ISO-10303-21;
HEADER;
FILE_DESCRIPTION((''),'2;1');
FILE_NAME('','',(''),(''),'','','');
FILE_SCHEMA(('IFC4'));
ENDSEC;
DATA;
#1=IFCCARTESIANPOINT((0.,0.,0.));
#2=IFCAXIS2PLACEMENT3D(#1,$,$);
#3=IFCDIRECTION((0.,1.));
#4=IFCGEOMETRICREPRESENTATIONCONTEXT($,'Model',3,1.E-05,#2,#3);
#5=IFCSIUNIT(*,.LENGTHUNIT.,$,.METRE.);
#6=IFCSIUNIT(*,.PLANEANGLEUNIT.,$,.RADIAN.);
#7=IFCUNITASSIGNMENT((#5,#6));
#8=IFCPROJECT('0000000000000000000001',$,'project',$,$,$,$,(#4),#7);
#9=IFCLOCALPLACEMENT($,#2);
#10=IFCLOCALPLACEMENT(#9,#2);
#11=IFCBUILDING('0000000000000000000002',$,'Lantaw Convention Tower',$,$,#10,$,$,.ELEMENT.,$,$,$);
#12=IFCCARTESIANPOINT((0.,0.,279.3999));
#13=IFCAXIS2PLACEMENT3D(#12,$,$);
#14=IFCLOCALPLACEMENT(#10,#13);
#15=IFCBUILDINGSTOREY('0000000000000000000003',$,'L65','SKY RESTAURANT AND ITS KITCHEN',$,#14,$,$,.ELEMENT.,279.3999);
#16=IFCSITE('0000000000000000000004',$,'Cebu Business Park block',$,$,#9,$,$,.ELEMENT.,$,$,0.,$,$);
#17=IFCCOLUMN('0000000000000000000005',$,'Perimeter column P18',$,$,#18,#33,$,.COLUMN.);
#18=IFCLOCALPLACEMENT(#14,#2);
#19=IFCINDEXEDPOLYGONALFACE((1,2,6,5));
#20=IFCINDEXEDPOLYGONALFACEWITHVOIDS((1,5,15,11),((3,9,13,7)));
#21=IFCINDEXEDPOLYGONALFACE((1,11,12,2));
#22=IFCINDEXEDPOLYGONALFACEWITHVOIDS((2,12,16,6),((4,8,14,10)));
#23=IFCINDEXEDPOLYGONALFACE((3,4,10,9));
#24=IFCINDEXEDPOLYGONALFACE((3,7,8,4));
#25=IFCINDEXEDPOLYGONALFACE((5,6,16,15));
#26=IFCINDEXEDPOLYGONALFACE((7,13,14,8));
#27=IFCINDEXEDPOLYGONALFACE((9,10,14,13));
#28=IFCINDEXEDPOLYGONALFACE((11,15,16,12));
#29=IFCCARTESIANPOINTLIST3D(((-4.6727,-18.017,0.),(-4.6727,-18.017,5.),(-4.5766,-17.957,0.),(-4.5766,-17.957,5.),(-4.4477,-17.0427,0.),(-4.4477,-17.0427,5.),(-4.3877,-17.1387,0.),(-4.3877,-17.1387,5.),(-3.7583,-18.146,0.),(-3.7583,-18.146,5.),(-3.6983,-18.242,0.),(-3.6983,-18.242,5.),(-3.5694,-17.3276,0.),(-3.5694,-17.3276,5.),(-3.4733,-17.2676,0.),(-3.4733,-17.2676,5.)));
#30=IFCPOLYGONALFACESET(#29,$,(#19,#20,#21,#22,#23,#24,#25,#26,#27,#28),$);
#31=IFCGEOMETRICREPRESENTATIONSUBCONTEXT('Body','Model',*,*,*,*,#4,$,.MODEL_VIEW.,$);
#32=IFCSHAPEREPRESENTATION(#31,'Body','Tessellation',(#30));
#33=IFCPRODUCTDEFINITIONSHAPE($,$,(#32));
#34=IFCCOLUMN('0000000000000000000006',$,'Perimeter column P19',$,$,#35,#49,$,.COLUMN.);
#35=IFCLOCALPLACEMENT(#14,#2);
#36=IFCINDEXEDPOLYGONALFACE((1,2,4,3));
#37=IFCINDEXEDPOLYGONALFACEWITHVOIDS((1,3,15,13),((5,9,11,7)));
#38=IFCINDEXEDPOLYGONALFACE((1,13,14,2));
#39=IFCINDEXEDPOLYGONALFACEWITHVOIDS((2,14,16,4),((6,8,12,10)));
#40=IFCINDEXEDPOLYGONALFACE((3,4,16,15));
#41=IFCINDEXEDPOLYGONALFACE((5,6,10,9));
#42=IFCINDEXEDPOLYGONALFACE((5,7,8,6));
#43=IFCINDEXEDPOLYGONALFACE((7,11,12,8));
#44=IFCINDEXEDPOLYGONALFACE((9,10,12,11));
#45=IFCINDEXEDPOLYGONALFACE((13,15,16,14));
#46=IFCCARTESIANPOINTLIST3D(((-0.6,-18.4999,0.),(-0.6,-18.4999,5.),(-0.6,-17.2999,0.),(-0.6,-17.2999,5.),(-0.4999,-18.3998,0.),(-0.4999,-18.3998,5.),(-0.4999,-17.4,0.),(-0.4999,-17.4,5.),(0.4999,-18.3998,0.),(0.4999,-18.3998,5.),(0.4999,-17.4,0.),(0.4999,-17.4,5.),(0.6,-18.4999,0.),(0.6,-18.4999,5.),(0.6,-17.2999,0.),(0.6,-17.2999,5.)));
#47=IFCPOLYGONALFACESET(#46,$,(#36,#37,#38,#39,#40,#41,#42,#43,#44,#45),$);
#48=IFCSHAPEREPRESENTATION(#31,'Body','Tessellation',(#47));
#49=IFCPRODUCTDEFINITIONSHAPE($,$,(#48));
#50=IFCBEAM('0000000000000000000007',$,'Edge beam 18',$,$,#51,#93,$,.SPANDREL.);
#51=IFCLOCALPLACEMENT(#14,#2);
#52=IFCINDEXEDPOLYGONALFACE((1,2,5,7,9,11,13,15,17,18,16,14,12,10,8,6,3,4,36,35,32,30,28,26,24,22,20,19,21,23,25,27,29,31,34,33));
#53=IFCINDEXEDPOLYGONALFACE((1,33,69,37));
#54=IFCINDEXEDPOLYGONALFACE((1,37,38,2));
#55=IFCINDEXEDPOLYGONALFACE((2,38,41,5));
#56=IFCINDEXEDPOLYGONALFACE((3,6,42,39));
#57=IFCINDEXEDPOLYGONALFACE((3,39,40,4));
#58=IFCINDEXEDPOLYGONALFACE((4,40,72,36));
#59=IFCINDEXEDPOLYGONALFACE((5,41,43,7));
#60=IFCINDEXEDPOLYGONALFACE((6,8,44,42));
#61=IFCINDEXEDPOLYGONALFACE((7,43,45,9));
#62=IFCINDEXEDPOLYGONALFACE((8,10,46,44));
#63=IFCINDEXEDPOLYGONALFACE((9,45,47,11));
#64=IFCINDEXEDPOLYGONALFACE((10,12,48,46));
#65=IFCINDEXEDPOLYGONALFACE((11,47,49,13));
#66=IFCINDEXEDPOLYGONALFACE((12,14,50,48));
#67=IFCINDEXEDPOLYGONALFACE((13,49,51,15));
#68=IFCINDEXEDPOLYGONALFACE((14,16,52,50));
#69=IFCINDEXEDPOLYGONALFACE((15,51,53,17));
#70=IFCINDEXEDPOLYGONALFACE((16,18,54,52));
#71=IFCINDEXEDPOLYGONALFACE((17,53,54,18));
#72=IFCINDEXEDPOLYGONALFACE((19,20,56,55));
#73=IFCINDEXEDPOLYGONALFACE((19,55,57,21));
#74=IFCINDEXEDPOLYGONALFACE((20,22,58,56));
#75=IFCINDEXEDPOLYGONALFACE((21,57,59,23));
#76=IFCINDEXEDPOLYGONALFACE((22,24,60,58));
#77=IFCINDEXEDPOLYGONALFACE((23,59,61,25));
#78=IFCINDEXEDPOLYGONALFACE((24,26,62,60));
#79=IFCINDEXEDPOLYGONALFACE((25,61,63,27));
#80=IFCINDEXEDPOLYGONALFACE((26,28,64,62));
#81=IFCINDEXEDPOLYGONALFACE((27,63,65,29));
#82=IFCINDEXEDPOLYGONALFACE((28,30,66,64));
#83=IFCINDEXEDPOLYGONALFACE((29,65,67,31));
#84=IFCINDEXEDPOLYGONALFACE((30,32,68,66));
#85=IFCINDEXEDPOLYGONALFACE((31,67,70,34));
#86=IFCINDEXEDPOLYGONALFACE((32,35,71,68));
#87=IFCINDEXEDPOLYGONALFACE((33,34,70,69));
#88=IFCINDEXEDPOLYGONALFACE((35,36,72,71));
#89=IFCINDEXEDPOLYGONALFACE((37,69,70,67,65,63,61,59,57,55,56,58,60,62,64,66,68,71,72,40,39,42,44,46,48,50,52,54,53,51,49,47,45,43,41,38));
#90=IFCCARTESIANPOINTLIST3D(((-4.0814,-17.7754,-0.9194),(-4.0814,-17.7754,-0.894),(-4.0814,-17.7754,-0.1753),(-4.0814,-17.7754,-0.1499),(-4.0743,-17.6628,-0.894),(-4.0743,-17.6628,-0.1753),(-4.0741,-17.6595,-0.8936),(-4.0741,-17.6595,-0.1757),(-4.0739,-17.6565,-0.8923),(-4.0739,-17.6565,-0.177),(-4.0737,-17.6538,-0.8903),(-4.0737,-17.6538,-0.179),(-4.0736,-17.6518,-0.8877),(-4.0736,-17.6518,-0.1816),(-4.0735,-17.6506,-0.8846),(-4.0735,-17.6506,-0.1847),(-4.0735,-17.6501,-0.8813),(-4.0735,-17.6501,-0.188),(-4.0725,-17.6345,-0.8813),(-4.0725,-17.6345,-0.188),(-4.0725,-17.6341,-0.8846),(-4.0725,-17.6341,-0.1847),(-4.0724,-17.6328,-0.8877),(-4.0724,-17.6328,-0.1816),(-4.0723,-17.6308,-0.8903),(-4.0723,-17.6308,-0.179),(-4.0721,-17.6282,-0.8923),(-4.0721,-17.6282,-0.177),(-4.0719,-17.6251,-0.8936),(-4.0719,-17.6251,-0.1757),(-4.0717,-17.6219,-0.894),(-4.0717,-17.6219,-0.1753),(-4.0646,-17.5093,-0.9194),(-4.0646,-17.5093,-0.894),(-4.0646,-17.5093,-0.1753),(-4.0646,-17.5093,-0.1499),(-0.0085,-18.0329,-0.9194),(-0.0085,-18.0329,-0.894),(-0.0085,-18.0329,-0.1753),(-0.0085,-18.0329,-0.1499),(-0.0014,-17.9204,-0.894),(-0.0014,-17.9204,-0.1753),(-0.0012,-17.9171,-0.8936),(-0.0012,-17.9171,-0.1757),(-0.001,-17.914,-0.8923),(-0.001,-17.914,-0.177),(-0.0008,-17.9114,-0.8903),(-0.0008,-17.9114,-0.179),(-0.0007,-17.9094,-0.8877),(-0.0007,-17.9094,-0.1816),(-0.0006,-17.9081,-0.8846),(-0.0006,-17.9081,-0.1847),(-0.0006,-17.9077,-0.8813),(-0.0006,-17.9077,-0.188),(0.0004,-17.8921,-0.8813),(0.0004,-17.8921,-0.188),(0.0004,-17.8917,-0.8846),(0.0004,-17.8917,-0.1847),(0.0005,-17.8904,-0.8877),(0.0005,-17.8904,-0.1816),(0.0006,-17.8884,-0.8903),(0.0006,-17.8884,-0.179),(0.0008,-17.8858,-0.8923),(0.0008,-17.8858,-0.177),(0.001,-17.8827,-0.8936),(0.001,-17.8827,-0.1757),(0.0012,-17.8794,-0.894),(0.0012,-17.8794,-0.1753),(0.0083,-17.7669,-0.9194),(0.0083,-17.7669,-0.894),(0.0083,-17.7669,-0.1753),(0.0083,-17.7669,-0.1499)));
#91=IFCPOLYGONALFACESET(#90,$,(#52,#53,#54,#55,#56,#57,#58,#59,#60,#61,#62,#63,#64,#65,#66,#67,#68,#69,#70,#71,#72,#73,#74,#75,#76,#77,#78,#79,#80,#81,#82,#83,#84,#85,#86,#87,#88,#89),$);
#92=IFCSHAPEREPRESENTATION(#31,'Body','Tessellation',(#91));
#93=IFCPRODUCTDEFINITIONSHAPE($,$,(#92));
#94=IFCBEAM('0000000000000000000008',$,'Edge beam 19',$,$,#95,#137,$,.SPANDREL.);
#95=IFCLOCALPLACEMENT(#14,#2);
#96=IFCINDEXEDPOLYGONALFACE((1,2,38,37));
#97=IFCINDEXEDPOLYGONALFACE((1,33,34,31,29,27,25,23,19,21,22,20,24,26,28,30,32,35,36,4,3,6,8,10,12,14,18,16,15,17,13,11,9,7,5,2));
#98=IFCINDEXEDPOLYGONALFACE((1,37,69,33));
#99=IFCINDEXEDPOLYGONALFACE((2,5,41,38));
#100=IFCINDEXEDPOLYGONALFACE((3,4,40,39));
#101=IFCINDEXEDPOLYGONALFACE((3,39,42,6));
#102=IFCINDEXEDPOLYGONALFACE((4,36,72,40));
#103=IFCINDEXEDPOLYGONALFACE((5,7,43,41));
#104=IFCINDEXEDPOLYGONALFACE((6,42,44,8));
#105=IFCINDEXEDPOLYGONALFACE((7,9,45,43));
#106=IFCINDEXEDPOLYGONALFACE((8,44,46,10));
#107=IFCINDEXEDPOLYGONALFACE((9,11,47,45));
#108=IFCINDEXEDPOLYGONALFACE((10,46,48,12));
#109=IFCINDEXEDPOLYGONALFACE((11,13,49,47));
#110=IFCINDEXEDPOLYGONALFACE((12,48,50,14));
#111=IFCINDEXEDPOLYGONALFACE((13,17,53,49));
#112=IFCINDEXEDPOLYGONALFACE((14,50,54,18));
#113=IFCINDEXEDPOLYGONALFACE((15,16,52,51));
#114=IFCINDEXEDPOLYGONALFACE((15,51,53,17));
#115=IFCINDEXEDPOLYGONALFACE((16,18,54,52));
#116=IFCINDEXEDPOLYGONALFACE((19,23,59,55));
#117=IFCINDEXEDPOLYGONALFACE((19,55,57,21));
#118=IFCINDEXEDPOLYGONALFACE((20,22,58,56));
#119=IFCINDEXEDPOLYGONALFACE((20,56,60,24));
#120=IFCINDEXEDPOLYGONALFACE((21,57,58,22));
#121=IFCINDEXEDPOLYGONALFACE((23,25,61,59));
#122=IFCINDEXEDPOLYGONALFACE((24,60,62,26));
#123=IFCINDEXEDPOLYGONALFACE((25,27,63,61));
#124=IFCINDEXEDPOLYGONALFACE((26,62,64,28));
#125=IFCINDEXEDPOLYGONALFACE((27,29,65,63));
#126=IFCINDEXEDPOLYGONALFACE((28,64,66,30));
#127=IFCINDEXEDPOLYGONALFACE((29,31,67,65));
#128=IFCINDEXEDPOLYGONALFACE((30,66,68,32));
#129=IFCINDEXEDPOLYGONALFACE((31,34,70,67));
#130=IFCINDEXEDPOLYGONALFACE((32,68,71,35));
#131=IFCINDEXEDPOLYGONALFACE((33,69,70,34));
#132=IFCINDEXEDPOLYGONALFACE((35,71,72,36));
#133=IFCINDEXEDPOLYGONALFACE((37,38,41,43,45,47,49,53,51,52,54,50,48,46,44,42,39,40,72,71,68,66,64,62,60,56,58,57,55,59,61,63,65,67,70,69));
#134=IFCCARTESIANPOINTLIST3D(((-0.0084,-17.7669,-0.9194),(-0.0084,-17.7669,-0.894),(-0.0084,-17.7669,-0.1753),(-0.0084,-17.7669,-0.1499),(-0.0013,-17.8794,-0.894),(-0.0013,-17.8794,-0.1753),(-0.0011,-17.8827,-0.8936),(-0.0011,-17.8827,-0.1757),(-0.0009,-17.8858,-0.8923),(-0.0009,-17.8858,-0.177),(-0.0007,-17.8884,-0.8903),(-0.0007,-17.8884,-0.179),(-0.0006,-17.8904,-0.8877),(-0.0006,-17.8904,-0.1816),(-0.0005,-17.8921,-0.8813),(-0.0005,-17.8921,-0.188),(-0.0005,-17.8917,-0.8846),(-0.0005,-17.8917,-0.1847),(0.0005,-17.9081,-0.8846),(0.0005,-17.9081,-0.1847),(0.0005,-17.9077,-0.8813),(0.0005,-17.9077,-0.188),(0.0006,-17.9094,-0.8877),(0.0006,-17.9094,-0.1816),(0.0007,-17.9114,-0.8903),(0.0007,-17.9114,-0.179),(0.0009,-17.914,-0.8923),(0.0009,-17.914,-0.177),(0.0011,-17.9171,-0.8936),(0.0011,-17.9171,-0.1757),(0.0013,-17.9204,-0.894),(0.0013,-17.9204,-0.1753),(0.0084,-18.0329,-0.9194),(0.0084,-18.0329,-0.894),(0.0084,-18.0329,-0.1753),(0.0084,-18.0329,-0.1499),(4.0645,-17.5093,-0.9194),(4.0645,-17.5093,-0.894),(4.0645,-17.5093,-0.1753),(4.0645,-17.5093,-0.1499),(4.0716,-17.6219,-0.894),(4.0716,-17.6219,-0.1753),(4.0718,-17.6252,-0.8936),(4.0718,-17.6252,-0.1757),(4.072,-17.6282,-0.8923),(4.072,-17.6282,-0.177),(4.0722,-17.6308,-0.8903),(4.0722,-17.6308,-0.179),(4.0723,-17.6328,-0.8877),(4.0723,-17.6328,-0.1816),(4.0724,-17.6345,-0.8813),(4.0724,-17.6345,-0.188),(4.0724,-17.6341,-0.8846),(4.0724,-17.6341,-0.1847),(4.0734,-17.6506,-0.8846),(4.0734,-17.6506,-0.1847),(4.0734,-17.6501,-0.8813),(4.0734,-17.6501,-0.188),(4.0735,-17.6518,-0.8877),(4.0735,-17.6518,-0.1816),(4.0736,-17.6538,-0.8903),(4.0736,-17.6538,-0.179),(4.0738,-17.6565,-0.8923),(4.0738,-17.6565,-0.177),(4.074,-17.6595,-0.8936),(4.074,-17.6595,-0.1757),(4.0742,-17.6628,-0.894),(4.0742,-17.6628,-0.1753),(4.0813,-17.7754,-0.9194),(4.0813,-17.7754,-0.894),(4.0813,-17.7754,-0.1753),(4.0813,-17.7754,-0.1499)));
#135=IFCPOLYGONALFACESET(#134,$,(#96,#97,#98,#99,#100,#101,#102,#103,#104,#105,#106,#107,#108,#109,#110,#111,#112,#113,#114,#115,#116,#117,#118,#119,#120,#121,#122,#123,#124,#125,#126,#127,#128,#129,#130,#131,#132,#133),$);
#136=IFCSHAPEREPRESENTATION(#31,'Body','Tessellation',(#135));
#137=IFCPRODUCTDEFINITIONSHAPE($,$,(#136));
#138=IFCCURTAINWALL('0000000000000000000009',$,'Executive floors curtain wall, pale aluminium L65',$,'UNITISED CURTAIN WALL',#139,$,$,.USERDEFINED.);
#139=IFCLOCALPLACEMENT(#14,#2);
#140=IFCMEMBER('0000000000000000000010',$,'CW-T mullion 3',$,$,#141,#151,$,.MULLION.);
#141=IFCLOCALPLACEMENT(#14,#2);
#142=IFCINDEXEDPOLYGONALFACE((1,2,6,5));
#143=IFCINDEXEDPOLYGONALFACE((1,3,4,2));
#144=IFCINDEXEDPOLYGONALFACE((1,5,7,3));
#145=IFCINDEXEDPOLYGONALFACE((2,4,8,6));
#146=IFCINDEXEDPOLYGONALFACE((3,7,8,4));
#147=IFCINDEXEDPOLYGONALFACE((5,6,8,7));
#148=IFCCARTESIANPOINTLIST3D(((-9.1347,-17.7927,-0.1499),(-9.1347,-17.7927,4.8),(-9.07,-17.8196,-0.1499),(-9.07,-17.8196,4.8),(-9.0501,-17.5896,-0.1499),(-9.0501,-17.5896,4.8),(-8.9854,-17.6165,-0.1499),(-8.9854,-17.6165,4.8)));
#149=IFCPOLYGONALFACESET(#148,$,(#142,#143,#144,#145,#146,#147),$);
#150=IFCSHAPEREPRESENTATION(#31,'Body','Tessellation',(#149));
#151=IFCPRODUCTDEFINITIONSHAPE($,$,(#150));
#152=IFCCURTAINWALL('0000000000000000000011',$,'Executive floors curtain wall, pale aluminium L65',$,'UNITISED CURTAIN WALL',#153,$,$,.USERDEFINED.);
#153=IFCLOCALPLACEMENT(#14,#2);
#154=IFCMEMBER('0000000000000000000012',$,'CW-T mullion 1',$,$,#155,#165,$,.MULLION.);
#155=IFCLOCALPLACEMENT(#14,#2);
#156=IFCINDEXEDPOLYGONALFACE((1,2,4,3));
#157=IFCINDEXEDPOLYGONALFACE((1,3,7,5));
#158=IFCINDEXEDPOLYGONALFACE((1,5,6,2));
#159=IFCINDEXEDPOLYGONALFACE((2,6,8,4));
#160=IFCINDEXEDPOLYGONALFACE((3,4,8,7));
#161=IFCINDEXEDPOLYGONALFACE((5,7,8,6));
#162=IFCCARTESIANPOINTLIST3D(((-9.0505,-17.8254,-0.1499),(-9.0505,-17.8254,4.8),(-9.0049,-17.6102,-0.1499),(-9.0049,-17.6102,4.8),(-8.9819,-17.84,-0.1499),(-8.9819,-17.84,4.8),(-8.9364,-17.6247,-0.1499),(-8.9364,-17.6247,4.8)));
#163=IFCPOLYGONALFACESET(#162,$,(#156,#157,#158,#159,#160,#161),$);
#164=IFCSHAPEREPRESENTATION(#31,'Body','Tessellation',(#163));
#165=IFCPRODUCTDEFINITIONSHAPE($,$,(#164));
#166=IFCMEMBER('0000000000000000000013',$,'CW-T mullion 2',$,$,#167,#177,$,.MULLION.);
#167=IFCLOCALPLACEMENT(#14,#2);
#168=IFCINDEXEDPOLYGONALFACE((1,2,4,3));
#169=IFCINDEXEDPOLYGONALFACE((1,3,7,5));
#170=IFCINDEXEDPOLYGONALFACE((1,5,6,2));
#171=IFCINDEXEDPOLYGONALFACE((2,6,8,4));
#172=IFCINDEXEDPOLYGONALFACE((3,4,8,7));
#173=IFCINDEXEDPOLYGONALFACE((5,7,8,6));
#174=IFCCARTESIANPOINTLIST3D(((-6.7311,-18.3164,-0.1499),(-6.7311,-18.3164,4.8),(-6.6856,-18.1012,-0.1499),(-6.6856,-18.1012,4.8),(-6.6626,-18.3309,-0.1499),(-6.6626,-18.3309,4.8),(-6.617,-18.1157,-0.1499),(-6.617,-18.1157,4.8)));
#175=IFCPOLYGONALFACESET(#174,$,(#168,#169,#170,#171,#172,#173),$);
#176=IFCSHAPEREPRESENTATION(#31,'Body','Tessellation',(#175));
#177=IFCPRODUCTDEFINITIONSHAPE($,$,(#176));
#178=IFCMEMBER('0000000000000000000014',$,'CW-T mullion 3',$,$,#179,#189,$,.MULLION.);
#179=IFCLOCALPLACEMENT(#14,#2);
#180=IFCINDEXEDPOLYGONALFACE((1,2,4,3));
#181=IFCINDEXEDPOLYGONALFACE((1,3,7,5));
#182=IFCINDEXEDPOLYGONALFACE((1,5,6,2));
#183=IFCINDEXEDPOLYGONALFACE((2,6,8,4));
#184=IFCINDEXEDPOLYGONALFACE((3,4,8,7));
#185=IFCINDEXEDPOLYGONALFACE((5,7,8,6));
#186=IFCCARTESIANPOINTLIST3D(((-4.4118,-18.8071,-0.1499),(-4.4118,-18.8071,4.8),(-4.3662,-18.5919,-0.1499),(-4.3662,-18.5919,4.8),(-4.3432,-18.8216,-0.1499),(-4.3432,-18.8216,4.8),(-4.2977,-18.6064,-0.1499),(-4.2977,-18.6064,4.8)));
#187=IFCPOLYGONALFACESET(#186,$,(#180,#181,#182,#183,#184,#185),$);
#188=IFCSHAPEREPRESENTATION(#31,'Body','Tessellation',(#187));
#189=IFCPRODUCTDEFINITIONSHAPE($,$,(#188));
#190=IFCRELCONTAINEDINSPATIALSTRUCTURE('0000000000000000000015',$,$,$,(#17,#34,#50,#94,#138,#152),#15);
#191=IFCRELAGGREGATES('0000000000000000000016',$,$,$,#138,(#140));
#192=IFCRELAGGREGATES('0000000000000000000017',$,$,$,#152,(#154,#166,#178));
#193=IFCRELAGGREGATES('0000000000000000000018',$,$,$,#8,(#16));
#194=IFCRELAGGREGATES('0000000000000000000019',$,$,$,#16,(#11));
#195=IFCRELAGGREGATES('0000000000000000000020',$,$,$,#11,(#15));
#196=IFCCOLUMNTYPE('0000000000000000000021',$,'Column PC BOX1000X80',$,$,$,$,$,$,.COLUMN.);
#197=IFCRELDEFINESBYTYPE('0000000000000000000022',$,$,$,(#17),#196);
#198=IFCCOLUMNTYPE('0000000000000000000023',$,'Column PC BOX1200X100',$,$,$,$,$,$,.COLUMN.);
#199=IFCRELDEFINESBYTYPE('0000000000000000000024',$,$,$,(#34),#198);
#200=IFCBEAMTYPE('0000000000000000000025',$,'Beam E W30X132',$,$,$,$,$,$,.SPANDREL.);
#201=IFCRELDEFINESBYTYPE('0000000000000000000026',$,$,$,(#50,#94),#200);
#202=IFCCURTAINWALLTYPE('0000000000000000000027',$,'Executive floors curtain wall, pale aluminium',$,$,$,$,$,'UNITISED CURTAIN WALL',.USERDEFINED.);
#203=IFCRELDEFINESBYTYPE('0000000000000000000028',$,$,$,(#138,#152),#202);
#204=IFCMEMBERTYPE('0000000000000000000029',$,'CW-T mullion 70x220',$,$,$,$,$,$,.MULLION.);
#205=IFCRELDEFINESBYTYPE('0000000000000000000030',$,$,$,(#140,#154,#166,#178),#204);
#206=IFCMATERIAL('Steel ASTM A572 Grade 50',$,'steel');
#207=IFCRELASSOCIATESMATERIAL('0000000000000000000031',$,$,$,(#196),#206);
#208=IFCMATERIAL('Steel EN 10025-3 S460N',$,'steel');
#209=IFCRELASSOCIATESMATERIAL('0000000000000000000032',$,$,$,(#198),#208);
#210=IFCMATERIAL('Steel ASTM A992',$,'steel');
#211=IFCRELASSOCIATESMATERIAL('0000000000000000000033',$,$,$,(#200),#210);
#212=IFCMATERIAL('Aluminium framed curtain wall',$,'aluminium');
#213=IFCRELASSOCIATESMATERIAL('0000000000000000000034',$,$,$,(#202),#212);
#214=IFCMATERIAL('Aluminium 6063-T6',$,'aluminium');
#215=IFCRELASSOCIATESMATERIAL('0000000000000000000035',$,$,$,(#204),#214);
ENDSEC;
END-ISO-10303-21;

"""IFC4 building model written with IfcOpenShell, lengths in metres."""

from ifc_helpers import new_model, si_unit, direction, frame, origin, origin_2d, place, context, subcontext, project, spatial, rectangle, hollow_rectangle, i_section, extrude, material, material_profile, profile_set, type_object, element, aggregate, save


model = new_model("IFC4")

# Units and contexts
model_context = context("Model", 3, precision=1e-05, world=origin(), true_north=direction((0.0, 1.0)))
body_context = subcontext(model_context, "Body", "Model", "MODEL_VIEW")
ifc_project = project(units=[si_unit("LENGTHUNIT", "METRE"), si_unit("PLANEANGLEUNIT", "RADIAN")], contexts=[model_context])

# Site, building, storey
site_placement = place(None, origin())
site = spatial("IfcSite", under=ifc_project, at=site_placement, Name="Cebu Business Park block", CompositionType="ELEMENT", RefElevation=0.0)
building_placement = place(site_placement, origin())
building = spatial("IfcBuilding", under=site, at=building_placement, Name="Lantaw Convention Tower", CompositionType="ELEMENT")
storey_placement = place(building_placement, frame((0.0, 0.0, 279.3999)))
storey = spatial("IfcBuildingStorey", under=building, at=storey_placement, Name="L65", Description="SKY RESTAURANT AND ITS KITCHEN", CompositionType="ELEMENT", Elevation=279.3999)

# Columns
ifc_material_1 = material(Name="Steel ASTM A572 Grade 50", Category="steel")
ifc_material_profile_1 = material_profile(ifc_material_1, hollow_rectangle(XDim=1.0, YDim=1.0, WallThickness=0.0801, at=origin_2d()), Name="BOX1000X80")
ifc_material_2 = material(Name="Concrete C60/75", Category="concrete")
ifc_material_profile_2 = material_profile(ifc_material_2, rectangle(XDim=0.8401, YDim=0.8401, at=origin_2d()), Name="Concrete fill of BOX1000X80")
ifc_profile_set_1 = profile_set([ifc_material_profile_1, ifc_material_profile_2], Name="Steel ASTM A572 Grade 50")
column_type_1 = type_object("IfcColumnType", Name="Column PC BOX1000X80", PredefinedType="COLUMN", material=ifc_profile_set_1)
column_1_placement = place(storey_placement, frame((-4.073, -17.6423, 0.0), z_axis=(0.0, 0.0, 1.0), x_axis=(0.224951, 0.97437, 0.0)))
element("IfcColumn", 1, at=column_1_placement, inside=storey, type_object=column_type_1, Name="Perimeter column P18", PredefinedType="COLUMN", context=body_context, shape_type="SweptSolid", body=[
    extrude(hollow_rectangle(XDim=1.0, YDim=1.0, WallThickness=0.0801, at=origin_2d()), origin(), (0.0, 0.0, 1.0), 5.0),
])
ifc_material_3 = material(Name="Steel EN 10025-3 S460N", Category="steel")
ifc_material_profile_3 = material_profile(ifc_material_3, hollow_rectangle(XDim=1.2, YDim=1.2, WallThickness=0.1001, at=origin_2d()), Name="BOX1200X100")
ifc_material_profile_4 = material_profile(ifc_material_2, rectangle(XDim=1.0, YDim=1.0, at=origin_2d()), Name="Concrete fill of BOX1200X100")
ifc_profile_set_2 = profile_set([ifc_material_profile_3, ifc_material_profile_4], Name="Steel EN 10025-3 S460N")
column_type_2 = type_object("IfcColumnType", Name="Column PC BOX1200X100", PredefinedType="COLUMN", material=ifc_profile_set_2)
column_2_placement = place(storey_placement, frame((0.0, -17.8999, 0.0), z_axis=(0.0, 0.0, 1.0), x_axis=(1.0, 0.0, 0.0)))
element("IfcColumn", 2, at=column_2_placement, inside=storey, type_object=column_type_2, Name="Perimeter column P19", PredefinedType="COLUMN", context=body_context, shape_type="SweptSolid", body=[
    extrude(hollow_rectangle(XDim=1.2, YDim=1.2, WallThickness=0.1001, at=origin_2d()), origin(), (0.0, 0.0, 1.0), 5.0),
])

# Beams
ifc_material_4 = material(Name="Steel ASTM A992", Category="steel")
ifc_material_profile_5 = material_profile(ifc_material_4, i_section(OverallWidth=0.2666, OverallDepth=0.7695, WebThickness=0.0156, FlangeThickness=0.0254, FilletRadius=0.0127, at=origin_2d()), Name="W30X132")
ifc_profile_set_3 = profile_set([ifc_material_profile_5], Name="Steel ASTM A992")
beam_type = type_object("IfcBeamType", Name="Beam E W30X132", PredefinedType="SPANDREL", material=ifc_profile_set_3)
for number, where, z_axis, x_axis, name in (
    (3, (-4.073, -17.6423, -0.5347), (0.998006, -0.063112, 0.0), (0.063112, 0.998006, 0.0), "Edge beam 18"),
    (4, (0.0, -17.8999, -0.5347), (0.998006, 0.063112, 0.0), (-0.063112, 0.998006, 0.0), "Edge beam 19"),
):
    element("IfcBeam", number, at=place(storey_placement, frame(where, z_axis=z_axis, x_axis=x_axis)), inside=storey, type_object=beam_type, Name=name, PredefinedType="SPANDREL", context=body_context, shape_type="SweptSolid", body=[
        extrude(i_section(OverallWidth=0.2666, OverallDepth=0.7695, WebThickness=0.0156, FlangeThickness=0.0254, FilletRadius=0.0127, at=origin_2d()), origin(), (0.0, 0.0, 1.0), 4.0811),
    ])

# Curtain wall, member
ifc_material_5 = material(Name="Aluminium framed curtain wall", Category="aluminium")
curtain_wall_type = type_object("IfcCurtainWallType", Name="Executive floors curtain wall, pale aluminium", ElementType="UNITISED CURTAIN WALL", PredefinedType="USERDEFINED", material=ifc_material_5)
curtain_wall_1_placement = place(storey_placement, origin())
curtain_wall_1 = element("IfcCurtainWall", 5, at=curtain_wall_1_placement, inside=storey, type_object=curtain_wall_type, Name="Executive floors curtain wall, pale aluminium L65", ObjectType="UNITISED CURTAIN WALL", PredefinedType="USERDEFINED")
ifc_material_6 = material(Name="Aluminium 6063-T6", Category="aluminium")
ifc_material_profile_6 = material_profile(ifc_material_6, rectangle(XDim=0.22, YDim=0.0701, at=origin_2d()), Name="CW-T mullion 70x220")
ifc_profile_set_4 = profile_set([ifc_material_profile_6], Name="Aluminium 6063-T6")
member_type_1 = type_object("IfcMemberType", Name="CW-T mullion 70x220", PredefinedType="MULLION", material=ifc_profile_set_4)
member_1_placement = place(storey_placement, frame((-9.0601, -17.7046, -0.1499), z_axis=(0.0, 0.0, 1.0), x_axis=(0.38446, 0.923142, 0.0)))
member_1 = element("IfcMember", 6, at=member_1_placement, type_object=member_type_1, Name="CW-T mullion 3", PredefinedType="MULLION", context=body_context, shape_type="SweptSolid", body=[
    extrude(rectangle(XDim=0.22, YDim=0.0701, at=origin_2d()), origin(), (0.0, 0.0, 1.0), 4.95),
])
aggregate(curtain_wall_1, [member_1])

# Curtain wall, members
curtain_wall_2_placement = place(storey_placement, origin())
curtain_wall_2 = element("IfcCurtainWall", 7, at=curtain_wall_2_placement, inside=storey, type_object=curtain_wall_type, Name="Executive floors curtain wall, pale aluminium L65", ObjectType="UNITISED CURTAIN WALL", PredefinedType="USERDEFINED")
member_2_placement = place(storey_placement, frame((-8.9934, -17.7251, -0.1499), z_axis=(0.0, 0.0, 1.0), x_axis=(0.20704, 0.978332, 0.0)))
member_2 = element("IfcMember", 8, at=member_2_placement, type_object=member_type_1, Name="CW-T mullion 1", PredefinedType="MULLION", context=body_context, shape_type="SweptSolid", body=[
    extrude(rectangle(XDim=0.22, YDim=0.0701, at=origin_2d()), origin(), (0.0, 0.0, 1.0), 4.95),
])
member_3_placement = place(storey_placement, frame((-6.6741, -18.2161, -0.1499), z_axis=(0.0, 0.0, 1.0), x_axis=(0.20704, 0.978332, 0.0)))
member_3 = element("IfcMember", 9, at=member_3_placement, type_object=member_type_1, Name="CW-T mullion 2", PredefinedType="MULLION", context=body_context, shape_type="SweptSolid", body=[
    extrude(rectangle(XDim=0.22, YDim=0.0701, at=origin_2d()), origin(), (0.0, 0.0, 1.0), 4.95),
])
member_4_placement = place(storey_placement, frame((-4.3547, -18.7068, -0.1499), z_axis=(0.0, 0.0, 1.0), x_axis=(0.20704, 0.978332, 0.0)))
member_4 = element("IfcMember", 10, at=member_4_placement, type_object=member_type_1, Name="CW-T mullion 3", PredefinedType="MULLION", context=body_context, shape_type="SweptSolid", body=[
    extrude(rectangle(XDim=0.22, YDim=0.0701, at=origin_2d()), origin(), (0.0, 0.0, 1.0), 4.95),
])

aggregate(curtain_wall_2, [member_2, member_3, member_4])

save(model, "model.ifc")
